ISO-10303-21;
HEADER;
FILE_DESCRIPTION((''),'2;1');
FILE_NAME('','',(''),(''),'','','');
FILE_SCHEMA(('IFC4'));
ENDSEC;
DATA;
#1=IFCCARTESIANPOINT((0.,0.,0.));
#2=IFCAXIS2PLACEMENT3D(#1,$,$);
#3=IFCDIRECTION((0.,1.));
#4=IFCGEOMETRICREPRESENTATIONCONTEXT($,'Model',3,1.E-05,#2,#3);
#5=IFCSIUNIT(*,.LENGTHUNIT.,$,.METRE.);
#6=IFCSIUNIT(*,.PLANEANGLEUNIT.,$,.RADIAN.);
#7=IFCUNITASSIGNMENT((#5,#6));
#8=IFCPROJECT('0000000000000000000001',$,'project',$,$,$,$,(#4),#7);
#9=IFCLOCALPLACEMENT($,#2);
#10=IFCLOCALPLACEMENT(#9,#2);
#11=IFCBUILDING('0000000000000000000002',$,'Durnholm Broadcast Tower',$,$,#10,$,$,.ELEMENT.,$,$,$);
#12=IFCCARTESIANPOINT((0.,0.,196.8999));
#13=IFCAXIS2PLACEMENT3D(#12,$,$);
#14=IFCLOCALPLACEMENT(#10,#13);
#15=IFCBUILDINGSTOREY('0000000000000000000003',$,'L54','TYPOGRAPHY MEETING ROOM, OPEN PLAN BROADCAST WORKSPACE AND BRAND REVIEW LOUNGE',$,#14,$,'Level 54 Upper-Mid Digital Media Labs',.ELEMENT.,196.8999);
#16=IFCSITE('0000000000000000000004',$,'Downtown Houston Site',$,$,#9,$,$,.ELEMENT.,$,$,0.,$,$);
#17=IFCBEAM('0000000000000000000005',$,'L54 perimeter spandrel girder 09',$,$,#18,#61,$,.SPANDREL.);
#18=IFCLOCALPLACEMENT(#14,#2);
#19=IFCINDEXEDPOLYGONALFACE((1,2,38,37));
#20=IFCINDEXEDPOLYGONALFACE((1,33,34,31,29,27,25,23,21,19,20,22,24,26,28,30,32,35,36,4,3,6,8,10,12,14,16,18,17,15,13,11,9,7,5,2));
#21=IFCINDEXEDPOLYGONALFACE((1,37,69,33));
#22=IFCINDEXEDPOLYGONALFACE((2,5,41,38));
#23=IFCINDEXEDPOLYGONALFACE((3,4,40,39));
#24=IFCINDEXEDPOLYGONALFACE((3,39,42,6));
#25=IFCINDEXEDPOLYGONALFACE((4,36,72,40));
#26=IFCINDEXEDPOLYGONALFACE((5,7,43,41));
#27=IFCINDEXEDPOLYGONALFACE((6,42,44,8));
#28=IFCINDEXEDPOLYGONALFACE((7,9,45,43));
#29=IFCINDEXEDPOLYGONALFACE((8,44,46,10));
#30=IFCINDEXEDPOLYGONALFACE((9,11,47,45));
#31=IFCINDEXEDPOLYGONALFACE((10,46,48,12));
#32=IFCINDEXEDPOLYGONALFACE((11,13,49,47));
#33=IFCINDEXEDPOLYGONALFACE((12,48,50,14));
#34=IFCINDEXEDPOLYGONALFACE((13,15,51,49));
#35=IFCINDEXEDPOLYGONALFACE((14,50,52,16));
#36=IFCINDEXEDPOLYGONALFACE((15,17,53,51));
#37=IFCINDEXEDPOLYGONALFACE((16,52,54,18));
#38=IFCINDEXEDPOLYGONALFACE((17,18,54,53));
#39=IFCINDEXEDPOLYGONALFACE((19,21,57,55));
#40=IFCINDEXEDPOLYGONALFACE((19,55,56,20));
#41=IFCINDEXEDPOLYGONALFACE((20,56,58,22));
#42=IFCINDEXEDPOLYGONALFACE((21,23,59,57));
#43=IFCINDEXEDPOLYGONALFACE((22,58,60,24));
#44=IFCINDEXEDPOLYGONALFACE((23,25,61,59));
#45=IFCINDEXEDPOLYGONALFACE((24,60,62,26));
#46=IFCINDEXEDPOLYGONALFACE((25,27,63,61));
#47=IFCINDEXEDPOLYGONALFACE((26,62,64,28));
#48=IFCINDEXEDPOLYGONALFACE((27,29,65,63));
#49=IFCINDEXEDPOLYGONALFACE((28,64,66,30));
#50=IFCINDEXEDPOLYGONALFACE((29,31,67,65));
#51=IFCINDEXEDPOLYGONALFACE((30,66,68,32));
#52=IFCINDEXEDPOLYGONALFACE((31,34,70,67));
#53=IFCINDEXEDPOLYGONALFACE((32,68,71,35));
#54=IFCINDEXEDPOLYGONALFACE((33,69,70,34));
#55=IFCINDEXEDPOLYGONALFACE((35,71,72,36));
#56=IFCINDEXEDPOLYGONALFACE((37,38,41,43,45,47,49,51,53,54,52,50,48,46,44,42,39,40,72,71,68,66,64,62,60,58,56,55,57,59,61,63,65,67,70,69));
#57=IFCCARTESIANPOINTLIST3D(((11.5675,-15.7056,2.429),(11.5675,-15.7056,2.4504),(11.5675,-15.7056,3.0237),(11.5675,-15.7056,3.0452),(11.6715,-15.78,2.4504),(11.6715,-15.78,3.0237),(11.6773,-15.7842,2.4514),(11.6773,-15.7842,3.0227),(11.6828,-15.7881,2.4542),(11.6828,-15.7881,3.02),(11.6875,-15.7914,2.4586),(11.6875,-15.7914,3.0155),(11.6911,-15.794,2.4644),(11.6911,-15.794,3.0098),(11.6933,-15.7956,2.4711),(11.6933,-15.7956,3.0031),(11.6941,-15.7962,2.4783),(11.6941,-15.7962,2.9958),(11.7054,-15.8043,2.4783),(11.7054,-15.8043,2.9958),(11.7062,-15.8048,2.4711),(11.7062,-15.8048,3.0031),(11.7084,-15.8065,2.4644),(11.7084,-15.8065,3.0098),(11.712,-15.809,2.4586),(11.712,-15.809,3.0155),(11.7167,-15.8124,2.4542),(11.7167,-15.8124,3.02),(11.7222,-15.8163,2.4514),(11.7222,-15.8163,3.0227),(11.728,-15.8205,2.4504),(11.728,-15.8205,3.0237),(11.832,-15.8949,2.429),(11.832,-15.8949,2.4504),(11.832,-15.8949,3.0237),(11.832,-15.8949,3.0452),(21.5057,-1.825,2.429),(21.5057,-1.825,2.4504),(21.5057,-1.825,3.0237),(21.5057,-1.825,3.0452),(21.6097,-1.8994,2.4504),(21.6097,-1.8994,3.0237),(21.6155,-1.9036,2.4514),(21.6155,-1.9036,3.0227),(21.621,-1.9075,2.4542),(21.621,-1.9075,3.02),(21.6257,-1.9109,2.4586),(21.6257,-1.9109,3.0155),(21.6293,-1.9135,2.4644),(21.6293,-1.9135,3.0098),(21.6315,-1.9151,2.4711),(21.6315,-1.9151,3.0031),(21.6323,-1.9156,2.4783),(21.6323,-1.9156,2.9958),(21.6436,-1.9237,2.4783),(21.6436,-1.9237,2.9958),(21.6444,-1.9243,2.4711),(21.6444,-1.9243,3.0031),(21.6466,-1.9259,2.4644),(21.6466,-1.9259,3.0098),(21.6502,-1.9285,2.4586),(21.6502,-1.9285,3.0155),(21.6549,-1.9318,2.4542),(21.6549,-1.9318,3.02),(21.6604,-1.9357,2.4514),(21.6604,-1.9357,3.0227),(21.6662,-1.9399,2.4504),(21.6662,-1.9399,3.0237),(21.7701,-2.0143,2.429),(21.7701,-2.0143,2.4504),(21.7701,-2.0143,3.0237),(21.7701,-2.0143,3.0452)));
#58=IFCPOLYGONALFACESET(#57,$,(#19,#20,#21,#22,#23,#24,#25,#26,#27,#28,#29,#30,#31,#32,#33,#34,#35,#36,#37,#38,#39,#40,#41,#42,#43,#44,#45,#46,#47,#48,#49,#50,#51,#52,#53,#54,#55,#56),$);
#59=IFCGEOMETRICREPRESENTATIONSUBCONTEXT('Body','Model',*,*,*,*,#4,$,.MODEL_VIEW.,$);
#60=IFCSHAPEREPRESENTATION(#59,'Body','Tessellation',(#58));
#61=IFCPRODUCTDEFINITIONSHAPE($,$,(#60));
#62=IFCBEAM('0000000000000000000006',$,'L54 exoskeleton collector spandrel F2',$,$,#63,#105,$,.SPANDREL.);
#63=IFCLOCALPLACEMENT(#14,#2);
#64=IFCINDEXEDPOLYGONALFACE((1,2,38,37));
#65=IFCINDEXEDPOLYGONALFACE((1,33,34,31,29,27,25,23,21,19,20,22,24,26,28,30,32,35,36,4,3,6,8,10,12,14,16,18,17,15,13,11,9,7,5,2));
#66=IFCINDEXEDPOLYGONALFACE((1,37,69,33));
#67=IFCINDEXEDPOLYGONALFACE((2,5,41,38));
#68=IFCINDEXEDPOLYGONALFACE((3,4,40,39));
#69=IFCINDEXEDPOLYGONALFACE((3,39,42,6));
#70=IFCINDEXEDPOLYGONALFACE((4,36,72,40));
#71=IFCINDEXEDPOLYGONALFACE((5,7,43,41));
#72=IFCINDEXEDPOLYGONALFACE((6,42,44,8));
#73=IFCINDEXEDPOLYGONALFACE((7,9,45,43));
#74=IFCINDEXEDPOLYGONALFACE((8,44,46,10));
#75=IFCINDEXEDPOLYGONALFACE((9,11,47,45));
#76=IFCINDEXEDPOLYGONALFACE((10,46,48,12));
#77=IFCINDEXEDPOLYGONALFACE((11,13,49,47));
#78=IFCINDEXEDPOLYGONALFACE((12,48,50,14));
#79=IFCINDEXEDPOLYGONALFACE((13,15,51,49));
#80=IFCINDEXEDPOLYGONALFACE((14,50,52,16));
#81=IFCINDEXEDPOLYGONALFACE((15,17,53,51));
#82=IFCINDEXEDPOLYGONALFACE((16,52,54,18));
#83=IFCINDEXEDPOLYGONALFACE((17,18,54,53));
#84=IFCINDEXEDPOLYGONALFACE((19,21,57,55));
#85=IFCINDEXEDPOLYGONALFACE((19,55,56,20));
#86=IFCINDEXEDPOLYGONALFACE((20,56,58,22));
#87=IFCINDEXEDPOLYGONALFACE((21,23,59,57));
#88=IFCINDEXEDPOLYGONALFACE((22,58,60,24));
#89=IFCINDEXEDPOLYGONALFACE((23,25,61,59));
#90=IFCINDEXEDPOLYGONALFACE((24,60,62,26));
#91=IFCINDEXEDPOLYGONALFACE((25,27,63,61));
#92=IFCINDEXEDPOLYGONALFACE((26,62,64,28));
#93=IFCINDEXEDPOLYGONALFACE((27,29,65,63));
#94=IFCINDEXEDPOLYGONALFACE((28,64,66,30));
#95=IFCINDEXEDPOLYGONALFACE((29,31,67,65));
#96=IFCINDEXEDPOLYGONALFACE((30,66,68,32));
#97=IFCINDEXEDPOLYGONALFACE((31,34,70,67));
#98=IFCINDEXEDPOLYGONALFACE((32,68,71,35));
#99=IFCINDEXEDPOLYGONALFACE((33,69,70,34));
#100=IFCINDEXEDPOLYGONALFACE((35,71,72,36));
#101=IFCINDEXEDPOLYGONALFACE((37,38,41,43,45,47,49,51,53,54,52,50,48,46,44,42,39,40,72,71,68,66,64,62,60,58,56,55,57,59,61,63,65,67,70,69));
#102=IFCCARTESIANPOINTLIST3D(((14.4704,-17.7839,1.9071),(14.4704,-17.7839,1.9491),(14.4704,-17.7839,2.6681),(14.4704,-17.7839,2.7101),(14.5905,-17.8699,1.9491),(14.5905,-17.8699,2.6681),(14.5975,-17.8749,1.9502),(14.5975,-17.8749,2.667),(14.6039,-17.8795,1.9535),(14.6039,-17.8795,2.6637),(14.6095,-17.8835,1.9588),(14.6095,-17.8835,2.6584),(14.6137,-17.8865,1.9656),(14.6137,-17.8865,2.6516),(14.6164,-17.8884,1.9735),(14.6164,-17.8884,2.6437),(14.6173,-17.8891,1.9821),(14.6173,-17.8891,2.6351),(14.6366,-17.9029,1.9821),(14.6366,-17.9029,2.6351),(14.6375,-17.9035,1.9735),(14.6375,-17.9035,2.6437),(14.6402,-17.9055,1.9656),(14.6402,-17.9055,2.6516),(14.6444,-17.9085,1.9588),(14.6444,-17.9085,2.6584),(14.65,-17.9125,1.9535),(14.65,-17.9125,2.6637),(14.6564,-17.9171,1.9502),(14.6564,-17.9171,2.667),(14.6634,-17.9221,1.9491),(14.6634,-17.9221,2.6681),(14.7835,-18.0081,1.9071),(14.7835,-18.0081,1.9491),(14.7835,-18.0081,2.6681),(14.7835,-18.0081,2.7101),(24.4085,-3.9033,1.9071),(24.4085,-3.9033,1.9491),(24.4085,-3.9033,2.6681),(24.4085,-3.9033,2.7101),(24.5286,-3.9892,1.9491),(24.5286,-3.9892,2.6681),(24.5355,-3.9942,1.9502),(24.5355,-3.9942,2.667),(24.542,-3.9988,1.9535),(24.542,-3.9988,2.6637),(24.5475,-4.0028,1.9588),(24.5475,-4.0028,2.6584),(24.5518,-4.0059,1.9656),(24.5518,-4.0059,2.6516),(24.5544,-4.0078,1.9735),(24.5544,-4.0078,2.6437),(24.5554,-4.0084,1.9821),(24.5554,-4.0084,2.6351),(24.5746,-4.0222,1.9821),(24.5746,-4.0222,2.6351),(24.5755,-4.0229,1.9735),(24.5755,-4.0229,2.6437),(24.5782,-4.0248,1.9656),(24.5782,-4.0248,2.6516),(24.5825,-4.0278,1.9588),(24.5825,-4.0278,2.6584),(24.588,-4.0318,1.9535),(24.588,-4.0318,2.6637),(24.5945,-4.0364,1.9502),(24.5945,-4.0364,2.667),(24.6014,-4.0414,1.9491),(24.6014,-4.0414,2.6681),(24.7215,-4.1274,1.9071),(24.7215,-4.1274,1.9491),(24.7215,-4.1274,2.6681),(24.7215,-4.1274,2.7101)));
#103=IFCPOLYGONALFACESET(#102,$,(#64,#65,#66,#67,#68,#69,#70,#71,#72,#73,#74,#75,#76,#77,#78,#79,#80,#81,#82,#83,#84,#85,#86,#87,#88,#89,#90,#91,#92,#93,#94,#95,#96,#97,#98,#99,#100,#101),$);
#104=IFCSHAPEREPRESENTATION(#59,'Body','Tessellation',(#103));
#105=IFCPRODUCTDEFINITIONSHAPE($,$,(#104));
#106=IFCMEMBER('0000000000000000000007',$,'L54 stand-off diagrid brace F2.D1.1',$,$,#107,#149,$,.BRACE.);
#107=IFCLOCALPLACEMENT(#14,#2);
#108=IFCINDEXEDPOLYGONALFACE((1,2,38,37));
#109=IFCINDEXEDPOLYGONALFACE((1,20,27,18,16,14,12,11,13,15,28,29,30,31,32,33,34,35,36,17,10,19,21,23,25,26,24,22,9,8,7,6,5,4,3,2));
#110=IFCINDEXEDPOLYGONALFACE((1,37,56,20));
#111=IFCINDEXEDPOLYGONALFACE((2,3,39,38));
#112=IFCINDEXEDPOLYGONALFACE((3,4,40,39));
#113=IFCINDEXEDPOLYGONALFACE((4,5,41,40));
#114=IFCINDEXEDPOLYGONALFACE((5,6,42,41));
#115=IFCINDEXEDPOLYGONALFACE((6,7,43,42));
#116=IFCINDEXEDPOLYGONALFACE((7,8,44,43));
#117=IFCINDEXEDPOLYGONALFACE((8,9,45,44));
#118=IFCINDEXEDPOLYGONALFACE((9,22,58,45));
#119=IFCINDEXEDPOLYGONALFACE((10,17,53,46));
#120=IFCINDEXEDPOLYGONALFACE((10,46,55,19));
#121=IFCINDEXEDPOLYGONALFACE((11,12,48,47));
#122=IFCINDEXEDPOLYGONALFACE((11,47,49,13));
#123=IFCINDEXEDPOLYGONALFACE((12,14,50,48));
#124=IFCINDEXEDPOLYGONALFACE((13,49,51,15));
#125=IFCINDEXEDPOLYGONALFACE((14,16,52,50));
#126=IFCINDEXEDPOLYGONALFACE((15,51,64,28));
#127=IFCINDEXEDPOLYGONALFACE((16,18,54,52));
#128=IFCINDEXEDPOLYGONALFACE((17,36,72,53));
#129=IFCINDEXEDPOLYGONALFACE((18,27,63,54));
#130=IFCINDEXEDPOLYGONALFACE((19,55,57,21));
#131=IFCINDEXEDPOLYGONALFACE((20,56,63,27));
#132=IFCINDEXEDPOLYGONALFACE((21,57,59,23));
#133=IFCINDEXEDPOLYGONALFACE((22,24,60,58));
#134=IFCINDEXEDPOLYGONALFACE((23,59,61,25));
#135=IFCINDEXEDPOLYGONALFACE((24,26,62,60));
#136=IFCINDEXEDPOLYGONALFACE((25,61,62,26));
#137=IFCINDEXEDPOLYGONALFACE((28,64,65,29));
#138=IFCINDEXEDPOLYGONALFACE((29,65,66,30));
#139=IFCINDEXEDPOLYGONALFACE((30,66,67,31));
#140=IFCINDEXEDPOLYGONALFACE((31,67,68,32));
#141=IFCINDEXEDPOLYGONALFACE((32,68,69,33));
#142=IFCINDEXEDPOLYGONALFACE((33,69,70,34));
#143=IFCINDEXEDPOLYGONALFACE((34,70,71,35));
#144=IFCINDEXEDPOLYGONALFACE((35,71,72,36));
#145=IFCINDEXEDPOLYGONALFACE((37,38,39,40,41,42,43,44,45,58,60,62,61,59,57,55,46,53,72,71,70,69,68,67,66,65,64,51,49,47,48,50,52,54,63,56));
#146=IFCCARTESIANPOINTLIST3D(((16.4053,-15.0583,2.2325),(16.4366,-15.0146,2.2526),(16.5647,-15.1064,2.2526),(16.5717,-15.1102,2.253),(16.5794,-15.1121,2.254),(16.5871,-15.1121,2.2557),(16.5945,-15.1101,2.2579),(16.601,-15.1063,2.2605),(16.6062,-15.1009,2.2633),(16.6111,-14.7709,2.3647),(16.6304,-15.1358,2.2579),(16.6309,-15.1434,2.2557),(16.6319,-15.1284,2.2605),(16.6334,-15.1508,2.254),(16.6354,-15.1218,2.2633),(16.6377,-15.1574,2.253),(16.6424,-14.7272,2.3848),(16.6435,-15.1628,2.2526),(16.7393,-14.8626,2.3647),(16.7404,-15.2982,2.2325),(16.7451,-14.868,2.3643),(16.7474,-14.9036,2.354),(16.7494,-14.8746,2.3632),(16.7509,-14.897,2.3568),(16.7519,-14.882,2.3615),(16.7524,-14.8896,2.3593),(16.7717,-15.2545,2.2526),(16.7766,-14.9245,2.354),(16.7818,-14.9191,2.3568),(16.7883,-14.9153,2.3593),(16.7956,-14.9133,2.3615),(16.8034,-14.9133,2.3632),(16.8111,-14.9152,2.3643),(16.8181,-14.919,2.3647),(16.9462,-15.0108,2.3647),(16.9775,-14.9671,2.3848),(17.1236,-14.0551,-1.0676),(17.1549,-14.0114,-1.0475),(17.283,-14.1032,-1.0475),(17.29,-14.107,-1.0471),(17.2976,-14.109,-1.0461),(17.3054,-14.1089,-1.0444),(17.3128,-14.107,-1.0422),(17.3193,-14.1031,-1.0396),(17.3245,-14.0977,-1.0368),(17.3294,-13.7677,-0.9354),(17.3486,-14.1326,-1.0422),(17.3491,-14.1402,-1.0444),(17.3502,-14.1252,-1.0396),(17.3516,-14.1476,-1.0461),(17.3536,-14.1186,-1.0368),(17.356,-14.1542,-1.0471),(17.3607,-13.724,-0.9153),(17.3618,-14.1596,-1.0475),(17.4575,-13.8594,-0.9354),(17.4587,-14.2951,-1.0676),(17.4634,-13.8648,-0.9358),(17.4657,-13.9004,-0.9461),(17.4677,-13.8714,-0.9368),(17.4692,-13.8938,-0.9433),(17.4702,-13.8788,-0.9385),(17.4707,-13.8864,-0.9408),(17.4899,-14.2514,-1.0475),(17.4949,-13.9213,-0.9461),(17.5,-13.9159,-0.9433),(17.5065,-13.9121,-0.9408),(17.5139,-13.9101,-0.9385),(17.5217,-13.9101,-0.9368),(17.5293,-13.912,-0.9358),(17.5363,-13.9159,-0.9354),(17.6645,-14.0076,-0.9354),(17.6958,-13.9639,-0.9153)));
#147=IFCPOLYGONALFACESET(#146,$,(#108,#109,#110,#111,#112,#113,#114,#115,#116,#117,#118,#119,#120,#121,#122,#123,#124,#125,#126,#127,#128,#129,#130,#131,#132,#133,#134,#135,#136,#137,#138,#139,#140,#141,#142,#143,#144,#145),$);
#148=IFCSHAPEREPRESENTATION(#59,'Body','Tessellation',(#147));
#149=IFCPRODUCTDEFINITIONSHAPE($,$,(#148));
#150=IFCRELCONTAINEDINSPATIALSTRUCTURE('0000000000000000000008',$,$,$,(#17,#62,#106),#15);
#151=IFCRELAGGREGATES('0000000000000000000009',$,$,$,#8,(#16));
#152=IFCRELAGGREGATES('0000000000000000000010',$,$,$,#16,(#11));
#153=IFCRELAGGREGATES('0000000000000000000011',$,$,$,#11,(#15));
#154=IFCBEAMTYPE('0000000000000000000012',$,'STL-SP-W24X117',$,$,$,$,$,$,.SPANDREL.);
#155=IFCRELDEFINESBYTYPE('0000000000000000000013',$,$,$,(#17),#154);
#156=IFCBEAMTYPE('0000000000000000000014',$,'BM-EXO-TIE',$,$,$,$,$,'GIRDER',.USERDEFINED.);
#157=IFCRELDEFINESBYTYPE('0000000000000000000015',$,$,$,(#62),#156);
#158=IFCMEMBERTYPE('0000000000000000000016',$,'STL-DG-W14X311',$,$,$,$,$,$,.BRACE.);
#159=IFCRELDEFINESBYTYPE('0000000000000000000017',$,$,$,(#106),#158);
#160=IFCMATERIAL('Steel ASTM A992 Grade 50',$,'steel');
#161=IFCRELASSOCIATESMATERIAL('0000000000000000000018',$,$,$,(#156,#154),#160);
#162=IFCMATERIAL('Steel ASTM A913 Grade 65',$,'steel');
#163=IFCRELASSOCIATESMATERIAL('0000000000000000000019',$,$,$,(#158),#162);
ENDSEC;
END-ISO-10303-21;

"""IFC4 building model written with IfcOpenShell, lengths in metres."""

from ifc_helpers import new_model, si_unit, direction, frame, origin, origin_2d, place, context, subcontext, project, spatial, i_section, extrude, source, transform, mapped, material, material_profile, profile_set, type_object, type_shapes, element, save


model = new_model("IFC4")

# Units and contexts
model_context = context("Model", 3, precision=1e-05, world=origin(), true_north=direction((0.0, 1.0)))
body_context = subcontext(model_context, "Body", "Model", "MODEL_VIEW")
ifc_project = project(units=[si_unit("LENGTHUNIT", "METRE"), si_unit("PLANEANGLEUNIT", "RADIAN")], contexts=[model_context])

# Site, building, storey
site_placement = place(None, origin())
site = spatial("IfcSite", under=ifc_project, at=site_placement, Name="Downtown Houston Site", CompositionType="ELEMENT", RefElevation=0.0)
building_placement = place(site_placement, origin())
building = spatial("IfcBuilding", under=site, at=building_placement, Name="Durnholm Broadcast Tower", CompositionType="ELEMENT")
storey_placement = place(building_placement, frame((0.0, 0.0, 196.8999)))
storey = spatial("IfcBuildingStorey", under=building, at=storey_placement, Name="L54", Description="TYPOGRAPHY MEETING ROOM, OPEN PLAN BROADCAST WORKSPACE AND BRAND REVIEW LOUNGE", LongName="Level 54 Upper-Mid Digital Media Labs", CompositionType="ELEMENT", Elevation=196.8999)

# Beams
ifc_material_1 = material(Name="Steel ASTM A992 Grade 50", Category="steel")
ifc_material_profile_1 = material_profile(ifc_material_1, i_section(OverallWidth=0.385, OverallDepth=0.803, WebThickness=0.0237, FlangeThickness=0.042, FilletRadius=0.033, at=origin_2d()), Name="W30X261")
ifc_profile_set_1 = profile_set([ifc_material_profile_1], Name="Steel ASTM A992 Grade 50")
beam_type_1 = type_object("IfcBeamType", Name="BM-EXO-TIE", ElementType="GIRDER", PredefinedType="USERDEFINED", material=ifc_profile_set_1)
ifc_material_profile_2 = material_profile(ifc_material_1, i_section(OverallWidth=0.3252, OverallDepth=0.6162, WebThickness=0.0139, FlangeThickness=0.0215, FilletRadius=0.0278, at=origin_2d()), Name="W24X117")
ifc_profile_set_2 = profile_set([ifc_material_profile_2], Name="Steel ASTM A992 Grade 50")
beam_type_2 = type_object("IfcBeamType", Name="STL-SP-W24X117", PredefinedType="SPANDREL", material=ifc_profile_set_2)
shared_shape_1 = source(origin(), body_context, "Body", "SweptSolid", [
    extrude(i_section(OverallWidth=0.3252, OverallDepth=0.6162, WebThickness=0.0139, FlangeThickness=0.0215, FilletRadius=0.0278, at=origin_2d()), origin(), (0.0, 0.0, 1.0), 17.0715),
])
beam_1_placement = place(storey_placement, frame((21.6379, -1.9197, 2.7371), z_axis=(-0.58215, -0.813082, 0.0), x_axis=(0.813082, -0.58215, 0.0)))
element("IfcBeam", 1, at=beam_1_placement, inside=storey, type_object=beam_type_2, Name="L54 perimeter spandrel girder 09", PredefinedType="SPANDREL", context=body_context, shape_type="MappedRepresentation", body=[
    mapped(shared_shape_1, transform((0.0, 0.0, 0.0), x_axis=(1.0, 0.0, 0.0), y_axis=(0.0, 1.0, 0.0), z_axis=(0.0, 0.0, 1.0), scale=1.0)),
])
shared_shape_2 = source(origin(), body_context, "Body", "SweptSolid", [
    extrude(i_section(OverallWidth=0.385, OverallDepth=0.803, WebThickness=0.0237, FlangeThickness=0.042, FilletRadius=0.033, at=origin_2d()), origin(), (0.0, 0.0, 1.0), 17.0715),
])
beam_2_placement = place(storey_placement, frame((14.627, -17.896, 2.3086), z_axis=(0.58214, 0.813088, 0.0), x_axis=(-0.813088, 0.58214, 0.0)))
element("IfcBeam", 2, at=beam_2_placement, inside=storey, type_object=beam_type_1, Name="L54 exoskeleton collector spandrel F2", PredefinedType="SPANDREL", context=body_context, shape_type="MappedRepresentation", body=[
    mapped(shared_shape_2, transform((0.0, 0.0, 0.0), x_axis=(1.0, 0.0, 0.0), y_axis=(0.0, 1.0, 0.0), z_axis=(0.0, 0.0, 1.0), scale=1.0)),
])

# Member
ifc_material_2 = material(Name="Steel ASTM A913 Grade 65", Category="steel")
ifc_material_profile_3 = material_profile(ifc_material_2, i_section(OverallWidth=0.4121, OverallDepth=0.4348, WebThickness=0.0359, FlangeThickness=0.0574, FilletRadius=0.0305, at=origin_2d()), Name="W14X311")
ifc_profile_set_3 = profile_set([ifc_material_profile_3], Name="Steel ASTM A913 Grade 65")
member_type_1 = type_object("IfcMemberType", Name="STL-DG-W14X311", PredefinedType="BRACE", material=ifc_profile_set_3)
shared_shape_3 = source(origin(), body_context, "Body", "SweptSolid", [
    extrude(i_section(OverallWidth=0.4121, OverallDepth=0.4348, WebThickness=0.0359, FlangeThickness=0.0574, FilletRadius=0.0305, at=origin_2d()), origin(), (0.0, 0.0, 1.0), 3.5232),
])
type_shapes(member_type_1, [shared_shape_3])
for number, where, z_axis, x_axis, name in (
    (3, (17.4097, -14.0095, -0.9915), (-0.203869, -0.284738, 0.936676), (0.813078, -0.582155, 0.0), "L54 stand-off diagrid brace F2.D1.1"),
):
    element("IfcMember", number, at=place(storey_placement, frame(where, z_axis=z_axis, x_axis=x_axis)), inside=storey, type_object=member_type_1, Name=name, PredefinedType="BRACE", context=body_context, shape_type="MappedRepresentation", body=[
        mapped(shared_shape_3, transform((0.0, 0.0, 0.0), x_axis=(1.0, 0.0, 0.0), y_axis=(0.0, 1.0, 0.0), z_axis=(0.0, 0.0, 1.0), scale=1.0)),
    ])

save(model, "model.ifc")
